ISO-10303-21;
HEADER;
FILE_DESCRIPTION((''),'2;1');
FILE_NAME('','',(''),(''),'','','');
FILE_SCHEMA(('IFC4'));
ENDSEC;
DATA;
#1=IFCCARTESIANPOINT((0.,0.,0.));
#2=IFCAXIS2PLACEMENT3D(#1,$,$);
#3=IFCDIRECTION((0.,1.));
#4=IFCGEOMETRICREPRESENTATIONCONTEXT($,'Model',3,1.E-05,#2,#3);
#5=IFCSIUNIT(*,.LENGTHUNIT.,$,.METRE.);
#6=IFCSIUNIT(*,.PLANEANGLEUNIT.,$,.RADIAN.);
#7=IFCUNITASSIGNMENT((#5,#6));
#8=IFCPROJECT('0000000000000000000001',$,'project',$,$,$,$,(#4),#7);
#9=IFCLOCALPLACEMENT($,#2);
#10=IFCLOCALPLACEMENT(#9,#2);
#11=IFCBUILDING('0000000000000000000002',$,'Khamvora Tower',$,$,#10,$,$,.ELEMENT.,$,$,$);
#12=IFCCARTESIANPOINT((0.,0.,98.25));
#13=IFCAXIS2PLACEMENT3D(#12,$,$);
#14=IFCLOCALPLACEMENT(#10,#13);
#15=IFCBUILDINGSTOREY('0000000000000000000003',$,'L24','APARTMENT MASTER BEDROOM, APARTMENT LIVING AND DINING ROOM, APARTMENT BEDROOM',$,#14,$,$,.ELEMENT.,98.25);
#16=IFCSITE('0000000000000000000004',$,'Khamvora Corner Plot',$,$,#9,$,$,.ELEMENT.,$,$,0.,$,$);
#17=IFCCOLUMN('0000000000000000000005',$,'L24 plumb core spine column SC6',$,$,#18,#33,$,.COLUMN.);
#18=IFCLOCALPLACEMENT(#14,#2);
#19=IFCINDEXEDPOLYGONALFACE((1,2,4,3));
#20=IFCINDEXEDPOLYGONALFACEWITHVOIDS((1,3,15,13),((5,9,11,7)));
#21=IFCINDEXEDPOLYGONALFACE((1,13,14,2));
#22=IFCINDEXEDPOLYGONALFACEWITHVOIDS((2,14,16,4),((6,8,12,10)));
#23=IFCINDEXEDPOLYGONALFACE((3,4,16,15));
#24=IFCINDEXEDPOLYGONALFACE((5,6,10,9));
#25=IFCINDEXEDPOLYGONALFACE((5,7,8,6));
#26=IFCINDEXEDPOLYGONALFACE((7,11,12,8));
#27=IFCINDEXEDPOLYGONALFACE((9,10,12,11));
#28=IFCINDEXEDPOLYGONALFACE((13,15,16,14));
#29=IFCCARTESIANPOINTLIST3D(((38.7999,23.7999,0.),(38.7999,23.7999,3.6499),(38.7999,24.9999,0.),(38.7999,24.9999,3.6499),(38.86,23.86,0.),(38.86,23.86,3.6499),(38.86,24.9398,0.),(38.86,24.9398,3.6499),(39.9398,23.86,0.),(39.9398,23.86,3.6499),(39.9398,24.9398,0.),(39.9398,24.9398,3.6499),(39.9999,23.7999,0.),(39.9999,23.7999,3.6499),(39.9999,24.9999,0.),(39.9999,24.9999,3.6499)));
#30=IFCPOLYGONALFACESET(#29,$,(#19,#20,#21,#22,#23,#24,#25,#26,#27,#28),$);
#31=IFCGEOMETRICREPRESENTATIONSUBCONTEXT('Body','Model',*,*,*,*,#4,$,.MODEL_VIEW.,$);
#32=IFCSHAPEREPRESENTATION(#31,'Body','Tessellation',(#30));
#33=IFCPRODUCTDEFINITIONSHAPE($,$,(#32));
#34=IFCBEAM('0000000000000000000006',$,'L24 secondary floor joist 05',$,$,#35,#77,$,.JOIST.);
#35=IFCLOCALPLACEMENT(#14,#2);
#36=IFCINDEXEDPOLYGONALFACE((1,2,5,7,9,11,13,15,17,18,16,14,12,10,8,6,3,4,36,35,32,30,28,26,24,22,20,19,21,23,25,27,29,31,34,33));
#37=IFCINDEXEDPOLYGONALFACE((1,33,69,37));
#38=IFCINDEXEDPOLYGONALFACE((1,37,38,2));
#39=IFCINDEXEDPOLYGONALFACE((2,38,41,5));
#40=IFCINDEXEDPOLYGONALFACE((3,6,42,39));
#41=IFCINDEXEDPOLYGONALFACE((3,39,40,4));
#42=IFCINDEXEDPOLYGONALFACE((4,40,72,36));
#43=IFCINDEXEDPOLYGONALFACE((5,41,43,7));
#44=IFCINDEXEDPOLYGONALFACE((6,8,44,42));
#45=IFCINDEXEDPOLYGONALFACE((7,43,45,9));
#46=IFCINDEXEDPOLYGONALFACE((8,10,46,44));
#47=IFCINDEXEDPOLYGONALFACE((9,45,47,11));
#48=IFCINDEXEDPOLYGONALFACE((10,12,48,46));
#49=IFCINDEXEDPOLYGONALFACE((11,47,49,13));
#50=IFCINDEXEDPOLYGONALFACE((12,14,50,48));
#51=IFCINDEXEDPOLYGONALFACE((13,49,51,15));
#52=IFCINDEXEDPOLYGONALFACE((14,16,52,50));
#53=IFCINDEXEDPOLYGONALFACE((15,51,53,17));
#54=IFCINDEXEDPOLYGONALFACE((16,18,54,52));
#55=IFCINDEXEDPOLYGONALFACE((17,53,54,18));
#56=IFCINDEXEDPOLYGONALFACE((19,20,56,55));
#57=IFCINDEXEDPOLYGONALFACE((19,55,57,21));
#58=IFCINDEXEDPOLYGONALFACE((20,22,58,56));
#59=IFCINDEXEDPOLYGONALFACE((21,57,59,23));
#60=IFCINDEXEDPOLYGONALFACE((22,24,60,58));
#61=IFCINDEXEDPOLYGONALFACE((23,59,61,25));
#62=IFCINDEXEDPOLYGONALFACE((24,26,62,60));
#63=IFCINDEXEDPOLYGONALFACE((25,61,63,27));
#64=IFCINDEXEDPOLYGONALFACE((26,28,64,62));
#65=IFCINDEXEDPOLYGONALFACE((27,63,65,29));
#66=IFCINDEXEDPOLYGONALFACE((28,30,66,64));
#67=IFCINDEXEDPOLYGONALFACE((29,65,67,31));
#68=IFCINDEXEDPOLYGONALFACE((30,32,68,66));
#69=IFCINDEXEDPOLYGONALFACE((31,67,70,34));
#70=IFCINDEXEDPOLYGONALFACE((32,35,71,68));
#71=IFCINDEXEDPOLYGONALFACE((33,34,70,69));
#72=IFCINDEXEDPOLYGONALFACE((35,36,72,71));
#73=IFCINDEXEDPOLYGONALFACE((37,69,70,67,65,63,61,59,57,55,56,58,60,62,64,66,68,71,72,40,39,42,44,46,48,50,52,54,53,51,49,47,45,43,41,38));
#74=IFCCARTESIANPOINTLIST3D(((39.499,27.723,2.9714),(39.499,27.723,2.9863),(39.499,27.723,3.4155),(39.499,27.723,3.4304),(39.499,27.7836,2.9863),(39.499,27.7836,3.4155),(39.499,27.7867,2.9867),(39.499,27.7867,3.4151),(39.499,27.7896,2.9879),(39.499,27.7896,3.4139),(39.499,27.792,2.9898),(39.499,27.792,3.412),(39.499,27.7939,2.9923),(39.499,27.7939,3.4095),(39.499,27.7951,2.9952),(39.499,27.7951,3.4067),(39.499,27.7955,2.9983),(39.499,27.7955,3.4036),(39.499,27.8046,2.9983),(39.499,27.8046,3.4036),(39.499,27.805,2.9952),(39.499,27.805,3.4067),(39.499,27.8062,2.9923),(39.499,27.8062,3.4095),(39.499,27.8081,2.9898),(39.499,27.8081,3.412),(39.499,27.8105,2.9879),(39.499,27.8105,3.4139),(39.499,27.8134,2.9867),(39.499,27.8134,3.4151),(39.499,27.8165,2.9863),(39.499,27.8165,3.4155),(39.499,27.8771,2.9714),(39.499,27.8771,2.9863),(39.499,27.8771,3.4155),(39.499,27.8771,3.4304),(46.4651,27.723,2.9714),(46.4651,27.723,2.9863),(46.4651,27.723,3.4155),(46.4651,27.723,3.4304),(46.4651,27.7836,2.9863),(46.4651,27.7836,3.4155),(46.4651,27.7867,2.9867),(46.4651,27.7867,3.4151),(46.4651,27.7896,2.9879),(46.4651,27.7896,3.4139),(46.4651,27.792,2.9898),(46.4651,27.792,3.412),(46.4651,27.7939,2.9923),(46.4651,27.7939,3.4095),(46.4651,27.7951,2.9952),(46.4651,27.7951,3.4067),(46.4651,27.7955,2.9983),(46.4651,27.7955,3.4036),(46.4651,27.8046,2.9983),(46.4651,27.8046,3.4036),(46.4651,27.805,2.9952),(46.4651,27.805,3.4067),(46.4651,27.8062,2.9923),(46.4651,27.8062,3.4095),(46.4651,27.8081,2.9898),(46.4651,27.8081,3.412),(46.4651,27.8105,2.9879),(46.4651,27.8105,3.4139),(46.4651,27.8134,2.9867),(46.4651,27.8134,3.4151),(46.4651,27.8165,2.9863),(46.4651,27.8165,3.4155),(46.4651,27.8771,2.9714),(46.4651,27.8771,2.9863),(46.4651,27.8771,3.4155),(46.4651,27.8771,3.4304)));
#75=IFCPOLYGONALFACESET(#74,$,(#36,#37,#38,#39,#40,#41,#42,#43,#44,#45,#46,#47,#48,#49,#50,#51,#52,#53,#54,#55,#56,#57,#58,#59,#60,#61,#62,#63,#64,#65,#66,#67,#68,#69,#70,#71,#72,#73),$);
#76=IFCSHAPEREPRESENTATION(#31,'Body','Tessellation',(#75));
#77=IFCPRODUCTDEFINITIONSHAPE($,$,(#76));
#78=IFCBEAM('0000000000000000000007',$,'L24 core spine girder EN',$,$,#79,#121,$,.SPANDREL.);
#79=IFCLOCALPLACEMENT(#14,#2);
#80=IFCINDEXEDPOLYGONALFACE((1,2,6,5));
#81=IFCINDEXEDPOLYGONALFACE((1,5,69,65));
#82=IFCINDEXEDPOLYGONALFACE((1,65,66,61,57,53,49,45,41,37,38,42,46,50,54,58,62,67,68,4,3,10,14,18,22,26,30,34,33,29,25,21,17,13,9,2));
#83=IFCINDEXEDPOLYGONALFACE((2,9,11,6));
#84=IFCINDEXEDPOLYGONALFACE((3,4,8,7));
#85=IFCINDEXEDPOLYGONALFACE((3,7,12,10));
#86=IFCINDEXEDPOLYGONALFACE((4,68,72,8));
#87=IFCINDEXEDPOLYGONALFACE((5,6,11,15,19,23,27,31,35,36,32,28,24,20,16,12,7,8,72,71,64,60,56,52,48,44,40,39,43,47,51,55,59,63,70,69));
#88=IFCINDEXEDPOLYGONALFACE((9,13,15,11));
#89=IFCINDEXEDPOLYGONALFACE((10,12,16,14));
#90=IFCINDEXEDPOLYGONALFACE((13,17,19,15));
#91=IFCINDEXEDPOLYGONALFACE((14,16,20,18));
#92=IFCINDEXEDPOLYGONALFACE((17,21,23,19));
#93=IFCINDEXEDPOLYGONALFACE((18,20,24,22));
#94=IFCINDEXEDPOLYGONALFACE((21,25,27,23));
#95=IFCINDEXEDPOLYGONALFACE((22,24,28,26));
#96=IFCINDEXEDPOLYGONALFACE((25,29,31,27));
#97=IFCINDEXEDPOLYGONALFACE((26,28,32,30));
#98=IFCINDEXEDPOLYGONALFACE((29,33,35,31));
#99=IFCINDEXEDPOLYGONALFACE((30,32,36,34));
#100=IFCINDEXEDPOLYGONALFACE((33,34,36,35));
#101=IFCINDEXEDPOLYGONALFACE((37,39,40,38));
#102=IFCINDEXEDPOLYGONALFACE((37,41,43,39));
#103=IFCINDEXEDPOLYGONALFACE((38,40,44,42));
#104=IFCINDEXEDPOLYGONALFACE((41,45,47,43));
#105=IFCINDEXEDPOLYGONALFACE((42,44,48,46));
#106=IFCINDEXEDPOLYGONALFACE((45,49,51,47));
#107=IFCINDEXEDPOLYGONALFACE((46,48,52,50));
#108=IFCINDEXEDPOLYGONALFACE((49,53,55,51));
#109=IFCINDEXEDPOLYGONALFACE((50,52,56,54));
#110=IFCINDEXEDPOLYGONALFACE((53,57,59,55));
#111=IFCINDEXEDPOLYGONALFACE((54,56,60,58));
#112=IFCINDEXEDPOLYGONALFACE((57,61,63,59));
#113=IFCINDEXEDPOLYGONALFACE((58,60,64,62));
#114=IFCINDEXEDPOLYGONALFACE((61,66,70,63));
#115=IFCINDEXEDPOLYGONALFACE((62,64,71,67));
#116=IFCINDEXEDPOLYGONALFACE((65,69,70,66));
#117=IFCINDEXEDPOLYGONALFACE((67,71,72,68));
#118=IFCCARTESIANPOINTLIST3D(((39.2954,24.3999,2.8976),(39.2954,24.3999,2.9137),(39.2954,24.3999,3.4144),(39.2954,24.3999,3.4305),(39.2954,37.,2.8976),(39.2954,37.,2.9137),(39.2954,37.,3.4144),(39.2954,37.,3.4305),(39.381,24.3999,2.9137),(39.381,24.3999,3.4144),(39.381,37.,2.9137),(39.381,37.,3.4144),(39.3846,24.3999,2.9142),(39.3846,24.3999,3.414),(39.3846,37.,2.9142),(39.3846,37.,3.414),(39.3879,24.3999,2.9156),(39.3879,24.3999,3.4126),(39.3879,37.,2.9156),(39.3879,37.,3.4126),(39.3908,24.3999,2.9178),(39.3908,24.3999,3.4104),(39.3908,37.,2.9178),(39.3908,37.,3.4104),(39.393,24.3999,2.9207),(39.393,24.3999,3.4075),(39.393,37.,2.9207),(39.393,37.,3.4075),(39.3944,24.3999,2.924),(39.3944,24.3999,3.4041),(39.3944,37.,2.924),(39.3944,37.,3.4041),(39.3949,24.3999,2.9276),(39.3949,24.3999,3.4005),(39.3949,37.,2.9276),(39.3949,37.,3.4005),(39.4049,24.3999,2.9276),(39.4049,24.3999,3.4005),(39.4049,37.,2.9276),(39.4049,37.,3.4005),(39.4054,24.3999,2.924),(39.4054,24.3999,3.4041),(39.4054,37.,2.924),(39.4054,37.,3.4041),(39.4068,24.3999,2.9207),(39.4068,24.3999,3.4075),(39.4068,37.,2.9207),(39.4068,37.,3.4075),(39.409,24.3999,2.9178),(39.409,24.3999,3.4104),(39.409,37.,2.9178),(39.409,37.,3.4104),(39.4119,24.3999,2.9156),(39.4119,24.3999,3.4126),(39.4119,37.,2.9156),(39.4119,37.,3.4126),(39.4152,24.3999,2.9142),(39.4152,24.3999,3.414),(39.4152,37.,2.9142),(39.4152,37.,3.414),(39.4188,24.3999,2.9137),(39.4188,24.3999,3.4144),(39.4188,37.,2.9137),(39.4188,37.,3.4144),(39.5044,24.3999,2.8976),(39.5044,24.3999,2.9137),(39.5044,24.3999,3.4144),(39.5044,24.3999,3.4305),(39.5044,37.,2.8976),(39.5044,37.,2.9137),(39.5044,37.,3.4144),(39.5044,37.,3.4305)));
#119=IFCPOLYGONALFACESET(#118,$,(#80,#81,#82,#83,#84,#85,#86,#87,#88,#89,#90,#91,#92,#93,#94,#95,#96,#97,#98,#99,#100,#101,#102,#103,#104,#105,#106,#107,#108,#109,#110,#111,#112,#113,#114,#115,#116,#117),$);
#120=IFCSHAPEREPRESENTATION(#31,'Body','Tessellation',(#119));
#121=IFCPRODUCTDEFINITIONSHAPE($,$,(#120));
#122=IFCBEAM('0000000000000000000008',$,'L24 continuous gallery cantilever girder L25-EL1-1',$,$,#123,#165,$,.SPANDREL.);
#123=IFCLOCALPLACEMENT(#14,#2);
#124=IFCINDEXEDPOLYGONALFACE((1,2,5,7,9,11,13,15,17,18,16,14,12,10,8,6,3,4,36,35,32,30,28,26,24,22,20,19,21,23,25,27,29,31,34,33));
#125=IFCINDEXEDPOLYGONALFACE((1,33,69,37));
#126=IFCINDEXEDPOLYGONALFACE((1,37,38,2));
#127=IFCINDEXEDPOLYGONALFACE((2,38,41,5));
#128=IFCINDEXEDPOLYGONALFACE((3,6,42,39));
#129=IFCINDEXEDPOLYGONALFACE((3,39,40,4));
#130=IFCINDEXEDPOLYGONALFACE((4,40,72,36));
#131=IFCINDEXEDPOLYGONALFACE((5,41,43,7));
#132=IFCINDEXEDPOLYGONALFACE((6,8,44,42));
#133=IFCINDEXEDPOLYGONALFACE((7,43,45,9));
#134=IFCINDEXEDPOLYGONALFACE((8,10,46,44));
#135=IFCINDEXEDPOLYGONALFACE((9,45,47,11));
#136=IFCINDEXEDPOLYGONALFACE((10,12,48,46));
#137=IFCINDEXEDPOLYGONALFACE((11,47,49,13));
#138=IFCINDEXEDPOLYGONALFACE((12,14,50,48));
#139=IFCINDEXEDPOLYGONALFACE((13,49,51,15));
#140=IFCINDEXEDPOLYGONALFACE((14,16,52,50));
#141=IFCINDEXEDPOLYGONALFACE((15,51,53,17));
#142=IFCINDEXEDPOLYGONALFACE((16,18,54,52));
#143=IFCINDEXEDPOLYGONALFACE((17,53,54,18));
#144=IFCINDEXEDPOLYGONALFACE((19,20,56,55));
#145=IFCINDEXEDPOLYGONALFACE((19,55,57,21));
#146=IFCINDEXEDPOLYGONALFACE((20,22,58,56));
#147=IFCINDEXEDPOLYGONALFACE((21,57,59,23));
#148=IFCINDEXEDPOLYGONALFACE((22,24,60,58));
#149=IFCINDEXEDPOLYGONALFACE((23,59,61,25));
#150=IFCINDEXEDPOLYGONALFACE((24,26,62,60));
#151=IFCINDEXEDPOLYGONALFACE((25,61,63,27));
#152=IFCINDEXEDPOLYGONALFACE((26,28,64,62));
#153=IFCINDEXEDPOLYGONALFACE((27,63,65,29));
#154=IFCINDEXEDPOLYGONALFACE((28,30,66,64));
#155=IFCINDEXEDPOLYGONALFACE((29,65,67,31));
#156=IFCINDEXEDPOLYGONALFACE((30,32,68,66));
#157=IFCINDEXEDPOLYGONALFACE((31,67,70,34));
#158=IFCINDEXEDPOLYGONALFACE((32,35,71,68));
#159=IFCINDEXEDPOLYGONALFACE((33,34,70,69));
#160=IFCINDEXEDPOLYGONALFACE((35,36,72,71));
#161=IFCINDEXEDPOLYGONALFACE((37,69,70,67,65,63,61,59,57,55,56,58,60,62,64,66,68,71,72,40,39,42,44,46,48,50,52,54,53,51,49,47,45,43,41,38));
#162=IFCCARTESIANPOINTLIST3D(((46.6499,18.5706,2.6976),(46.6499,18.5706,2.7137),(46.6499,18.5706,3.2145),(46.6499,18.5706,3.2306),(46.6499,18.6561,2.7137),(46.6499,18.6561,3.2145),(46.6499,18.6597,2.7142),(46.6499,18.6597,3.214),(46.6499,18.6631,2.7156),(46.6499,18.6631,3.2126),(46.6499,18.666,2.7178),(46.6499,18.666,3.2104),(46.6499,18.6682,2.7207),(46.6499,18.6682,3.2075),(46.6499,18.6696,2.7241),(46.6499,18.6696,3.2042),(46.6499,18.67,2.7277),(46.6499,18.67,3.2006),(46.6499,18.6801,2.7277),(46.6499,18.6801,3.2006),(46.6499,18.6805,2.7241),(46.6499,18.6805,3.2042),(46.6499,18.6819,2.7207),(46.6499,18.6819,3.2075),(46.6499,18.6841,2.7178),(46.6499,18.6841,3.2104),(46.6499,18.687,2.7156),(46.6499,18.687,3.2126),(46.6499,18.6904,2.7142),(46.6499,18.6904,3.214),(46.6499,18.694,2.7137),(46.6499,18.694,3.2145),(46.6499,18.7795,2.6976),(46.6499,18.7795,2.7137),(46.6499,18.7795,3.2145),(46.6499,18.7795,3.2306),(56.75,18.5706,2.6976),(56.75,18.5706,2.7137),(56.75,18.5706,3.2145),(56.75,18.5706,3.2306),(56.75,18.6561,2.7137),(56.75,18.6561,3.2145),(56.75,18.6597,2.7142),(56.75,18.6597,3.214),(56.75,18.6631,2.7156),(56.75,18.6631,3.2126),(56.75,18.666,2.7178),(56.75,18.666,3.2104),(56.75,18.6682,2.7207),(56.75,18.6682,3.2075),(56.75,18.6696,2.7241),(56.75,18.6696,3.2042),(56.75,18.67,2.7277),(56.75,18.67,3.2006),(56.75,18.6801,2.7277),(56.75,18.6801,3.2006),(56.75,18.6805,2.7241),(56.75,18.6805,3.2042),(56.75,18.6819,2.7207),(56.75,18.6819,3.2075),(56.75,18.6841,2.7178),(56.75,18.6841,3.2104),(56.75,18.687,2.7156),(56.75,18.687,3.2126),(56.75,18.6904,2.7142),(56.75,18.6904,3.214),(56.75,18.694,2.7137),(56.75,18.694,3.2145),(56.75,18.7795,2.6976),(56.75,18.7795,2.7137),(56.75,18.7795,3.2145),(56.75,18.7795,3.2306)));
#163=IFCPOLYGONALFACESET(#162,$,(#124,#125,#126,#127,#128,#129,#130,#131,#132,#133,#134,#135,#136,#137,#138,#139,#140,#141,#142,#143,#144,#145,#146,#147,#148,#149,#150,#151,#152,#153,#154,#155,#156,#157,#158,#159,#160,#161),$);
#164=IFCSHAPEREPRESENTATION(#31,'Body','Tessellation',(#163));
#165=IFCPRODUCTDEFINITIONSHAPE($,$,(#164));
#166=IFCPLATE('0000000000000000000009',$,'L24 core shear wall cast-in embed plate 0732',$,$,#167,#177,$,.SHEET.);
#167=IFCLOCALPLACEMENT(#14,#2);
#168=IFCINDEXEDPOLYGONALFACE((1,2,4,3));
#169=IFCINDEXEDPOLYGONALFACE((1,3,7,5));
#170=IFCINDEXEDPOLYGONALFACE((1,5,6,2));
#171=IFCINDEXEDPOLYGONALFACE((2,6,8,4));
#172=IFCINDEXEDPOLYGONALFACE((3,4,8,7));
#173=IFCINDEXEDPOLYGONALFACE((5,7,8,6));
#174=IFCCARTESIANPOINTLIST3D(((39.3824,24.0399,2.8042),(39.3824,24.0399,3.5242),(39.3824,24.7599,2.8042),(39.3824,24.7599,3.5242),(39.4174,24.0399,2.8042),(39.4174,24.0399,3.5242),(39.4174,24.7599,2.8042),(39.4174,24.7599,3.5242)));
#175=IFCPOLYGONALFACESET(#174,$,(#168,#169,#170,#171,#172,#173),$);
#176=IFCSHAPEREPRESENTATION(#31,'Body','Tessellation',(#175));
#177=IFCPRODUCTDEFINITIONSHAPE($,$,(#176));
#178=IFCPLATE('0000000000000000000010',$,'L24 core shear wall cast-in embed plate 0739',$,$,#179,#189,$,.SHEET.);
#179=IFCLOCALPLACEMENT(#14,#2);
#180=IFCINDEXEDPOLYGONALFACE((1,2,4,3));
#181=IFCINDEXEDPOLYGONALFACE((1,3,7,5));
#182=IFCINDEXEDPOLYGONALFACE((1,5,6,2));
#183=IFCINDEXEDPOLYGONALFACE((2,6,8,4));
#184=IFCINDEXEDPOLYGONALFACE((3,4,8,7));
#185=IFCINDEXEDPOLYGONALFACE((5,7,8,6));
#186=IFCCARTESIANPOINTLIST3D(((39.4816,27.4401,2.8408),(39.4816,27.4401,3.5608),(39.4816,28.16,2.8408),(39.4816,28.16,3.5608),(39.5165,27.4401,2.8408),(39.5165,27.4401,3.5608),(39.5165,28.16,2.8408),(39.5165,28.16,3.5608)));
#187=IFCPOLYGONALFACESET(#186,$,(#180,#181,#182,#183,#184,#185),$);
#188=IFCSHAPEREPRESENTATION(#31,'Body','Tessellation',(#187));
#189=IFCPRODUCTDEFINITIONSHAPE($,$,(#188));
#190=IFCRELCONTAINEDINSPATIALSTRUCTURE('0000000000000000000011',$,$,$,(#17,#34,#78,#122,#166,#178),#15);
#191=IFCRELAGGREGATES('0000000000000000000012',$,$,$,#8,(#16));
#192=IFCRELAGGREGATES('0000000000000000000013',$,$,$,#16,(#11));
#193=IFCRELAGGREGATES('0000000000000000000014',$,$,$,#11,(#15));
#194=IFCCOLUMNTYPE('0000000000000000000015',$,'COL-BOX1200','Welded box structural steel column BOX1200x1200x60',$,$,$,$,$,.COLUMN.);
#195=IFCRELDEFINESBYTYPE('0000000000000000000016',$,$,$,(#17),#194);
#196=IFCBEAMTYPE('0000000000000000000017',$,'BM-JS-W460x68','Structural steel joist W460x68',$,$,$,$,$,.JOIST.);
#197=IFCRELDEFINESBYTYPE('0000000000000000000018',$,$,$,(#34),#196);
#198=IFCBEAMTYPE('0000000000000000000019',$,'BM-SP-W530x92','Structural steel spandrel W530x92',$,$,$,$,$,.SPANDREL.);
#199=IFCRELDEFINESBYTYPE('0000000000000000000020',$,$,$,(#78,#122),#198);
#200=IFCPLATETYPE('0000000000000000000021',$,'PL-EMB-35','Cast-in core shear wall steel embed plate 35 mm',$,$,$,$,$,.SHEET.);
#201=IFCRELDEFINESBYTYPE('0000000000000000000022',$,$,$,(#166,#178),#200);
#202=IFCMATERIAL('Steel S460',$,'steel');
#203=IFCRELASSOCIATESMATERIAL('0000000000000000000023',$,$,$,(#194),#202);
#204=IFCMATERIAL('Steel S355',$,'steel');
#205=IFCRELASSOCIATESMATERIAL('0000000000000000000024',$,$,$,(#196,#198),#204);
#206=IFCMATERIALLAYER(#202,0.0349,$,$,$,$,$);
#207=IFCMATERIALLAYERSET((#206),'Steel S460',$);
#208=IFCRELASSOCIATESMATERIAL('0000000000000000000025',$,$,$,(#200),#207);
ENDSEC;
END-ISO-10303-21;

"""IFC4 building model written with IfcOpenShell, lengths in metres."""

from ifc_helpers import new_model, si_unit, direction, frame, origin, origin_2d, place, context, subcontext, project, spatial, rectangle, hollow_rectangle, i_section, extrude, material, layer, layer_set, material_profile, profile_set, type_object, element, save


model = new_model("IFC4")

# Units and contexts
model_context = context("Model", 3, precision=1e-05, world=origin(), true_north=direction((0.0, 1.0)))
body_context = subcontext(model_context, "Body", "Model", "MODEL_VIEW")
ifc_project = project(units=[si_unit("LENGTHUNIT", "METRE"), si_unit("PLANEANGLEUNIT", "RADIAN")], contexts=[model_context])

# Site, building, storey
site_placement = place(None, origin())
site = spatial("IfcSite", under=ifc_project, at=site_placement, Name="Khamvora Corner Plot", CompositionType="ELEMENT", RefElevation=0.0)
building_placement = place(site_placement, origin())
building = spatial("IfcBuilding", under=site, at=building_placement, Name="Khamvora Tower", CompositionType="ELEMENT")
storey_placement = place(building_placement, frame((0.0, 0.0, 98.25)))
storey = spatial("IfcBuildingStorey", under=building, at=storey_placement, Name="L24", Description="APARTMENT MASTER BEDROOM, APARTMENT LIVING AND DINING ROOM, APARTMENT BEDROOM", CompositionType="ELEMENT", Elevation=98.25)

# Column
ifc_material_1 = material(Name="Steel S460", Category="steel")
ifc_material_profile_1 = material_profile(ifc_material_1, hollow_rectangle(XDim=1.2, YDim=1.2, WallThickness=0.0601, at=origin_2d()), Name="BOX1200x1200x60")
ifc_profile_set_1 = profile_set([ifc_material_profile_1], Name="Steel S460")
column_type = type_object("IfcColumnType", Name="COL-BOX1200", Description="Welded box structural steel column BOX1200x1200x60", PredefinedType="COLUMN", material=ifc_profile_set_1)
column_placement = place(storey_placement, frame((39.3999, 24.3999, 0.0), z_axis=(0.0, 0.0, 1.0), x_axis=(1.0, 0.0, 0.0)))
element("IfcColumn", 1, at=column_placement, inside=storey, type_object=column_type, Name="L24 plumb core spine column SC6", PredefinedType="COLUMN", context=body_context, shape_type="SweptSolid", body=[
    extrude(hollow_rectangle(XDim=1.2, YDim=1.2, WallThickness=0.0601, at=origin_2d()), origin(), (0.0, 0.0, 1.0), 3.6499),
])

# Beams
ifc_material_2 = material(Name="Steel S355", Category="steel")
ifc_material_profile_2 = material_profile(ifc_material_2, i_section(OverallWidth=0.1541, OverallDepth=0.459, WebThickness=0.009, FlangeThickness=0.0149, FilletRadius=0.012, at=origin_2d()), Name="W460x68")
ifc_profile_set_2 = profile_set([ifc_material_profile_2], Name="Steel S355")
beam_type_1 = type_object("IfcBeamType", Name="BM-JS-W460x68", Description="Structural steel joist W460x68", PredefinedType="JOIST", material=ifc_profile_set_2)
beam_1_placement = place(storey_placement, frame((39.499, 27.8, 3.2009), z_axis=(1.0, 0.0, 0.0), x_axis=(0.0, 1.0, 0.0)))
element("IfcBeam", 2, at=beam_1_placement, inside=storey, type_object=beam_type_1, Name="L24 secondary floor joist 05", PredefinedType="JOIST", context=body_context, shape_type="SweptSolid", body=[
    extrude(i_section(OverallWidth=0.1541, OverallDepth=0.459, WebThickness=0.009, FlangeThickness=0.0149, FilletRadius=0.012, at=origin_2d()), origin(), (0.0, 0.0, 1.0), 6.9661),
])
ifc_material_profile_3 = material_profile(ifc_material_2, i_section(OverallWidth=0.209, OverallDepth=0.533, WebThickness=0.01, FlangeThickness=0.0161, FilletRadius=0.0139, at=origin_2d()), Name="W530x92")
ifc_profile_set_3 = profile_set([ifc_material_profile_3], Name="Steel S355")
beam_type_2 = type_object("IfcBeamType", Name="BM-SP-W530x92", Description="Structural steel spandrel W530x92", PredefinedType="SPANDREL", material=ifc_profile_set_3)
beam_2_placement = place(storey_placement, frame((39.3999, 24.3999, 3.1641), z_axis=(0.0, 1.0, 0.0), x_axis=(-1.0, 0.0, 0.0)))
element("IfcBeam", 3, at=beam_2_placement, inside=storey, type_object=beam_type_2, Name="L24 core spine girder EN", PredefinedType="SPANDREL", context=body_context, shape_type="SweptSolid", body=[
    extrude(i_section(OverallWidth=0.209, OverallDepth=0.533, WebThickness=0.01, FlangeThickness=0.0161, FilletRadius=0.0139, at=origin_2d()), origin(), (0.0, 0.0, 1.0), 12.6001),
])
beam_3_placement = place(storey_placement, frame((46.6499, 18.675, 2.9641), z_axis=(1.0, 0.0, 0.0), x_axis=(0.0, 1.0, 0.0)))
element("IfcBeam", 4, at=beam_3_placement, inside=storey, type_object=beam_type_2, Name="L24 continuous gallery cantilever girder L25-EL1-1", PredefinedType="SPANDREL", context=body_context, shape_type="SweptSolid", body=[
    extrude(i_section(OverallWidth=0.209, OverallDepth=0.533, WebThickness=0.01, FlangeThickness=0.0161, FilletRadius=0.0139, at=origin_2d()), origin(), (0.0, 0.0, 1.0), 10.1001),
])

# Plates
ifc_layer_1 = layer(ifc_material_1, 0.0349)
ifc_layer_set_1 = layer_set([ifc_layer_1], Name="Steel S460")
plate_type = type_object("IfcPlateType", Name="PL-EMB-35", Description="Cast-in core shear wall steel embed plate 35 mm", PredefinedType="SHEET", material=ifc_layer_set_1)
for number, where, z_axis, x_axis, name in (
    (5, (39.3999, 24.3999, 2.8042), (0.0, 0.0, 1.0), (1.0, 0.0, 0.0), "L24 core shear wall cast-in embed plate 0732"),
    (6, (39.499, 27.8, 2.8408), (0.0, 0.0, 1.0), (1.0, 0.0, 0.0), "L24 core shear wall cast-in embed plate 0739"),
):
    element("IfcPlate", number, at=place(storey_placement, frame(where, z_axis=z_axis, x_axis=x_axis)), inside=storey, type_object=plate_type, Name=name, PredefinedType="SHEET", context=body_context, shape_type="SweptSolid", body=[
        extrude(rectangle(XDim=0.0349, YDim=0.72, at=origin_2d()), origin(), (0.0, 0.0, 1.0), 0.72),
    ])

save(model, "model.ifc")
